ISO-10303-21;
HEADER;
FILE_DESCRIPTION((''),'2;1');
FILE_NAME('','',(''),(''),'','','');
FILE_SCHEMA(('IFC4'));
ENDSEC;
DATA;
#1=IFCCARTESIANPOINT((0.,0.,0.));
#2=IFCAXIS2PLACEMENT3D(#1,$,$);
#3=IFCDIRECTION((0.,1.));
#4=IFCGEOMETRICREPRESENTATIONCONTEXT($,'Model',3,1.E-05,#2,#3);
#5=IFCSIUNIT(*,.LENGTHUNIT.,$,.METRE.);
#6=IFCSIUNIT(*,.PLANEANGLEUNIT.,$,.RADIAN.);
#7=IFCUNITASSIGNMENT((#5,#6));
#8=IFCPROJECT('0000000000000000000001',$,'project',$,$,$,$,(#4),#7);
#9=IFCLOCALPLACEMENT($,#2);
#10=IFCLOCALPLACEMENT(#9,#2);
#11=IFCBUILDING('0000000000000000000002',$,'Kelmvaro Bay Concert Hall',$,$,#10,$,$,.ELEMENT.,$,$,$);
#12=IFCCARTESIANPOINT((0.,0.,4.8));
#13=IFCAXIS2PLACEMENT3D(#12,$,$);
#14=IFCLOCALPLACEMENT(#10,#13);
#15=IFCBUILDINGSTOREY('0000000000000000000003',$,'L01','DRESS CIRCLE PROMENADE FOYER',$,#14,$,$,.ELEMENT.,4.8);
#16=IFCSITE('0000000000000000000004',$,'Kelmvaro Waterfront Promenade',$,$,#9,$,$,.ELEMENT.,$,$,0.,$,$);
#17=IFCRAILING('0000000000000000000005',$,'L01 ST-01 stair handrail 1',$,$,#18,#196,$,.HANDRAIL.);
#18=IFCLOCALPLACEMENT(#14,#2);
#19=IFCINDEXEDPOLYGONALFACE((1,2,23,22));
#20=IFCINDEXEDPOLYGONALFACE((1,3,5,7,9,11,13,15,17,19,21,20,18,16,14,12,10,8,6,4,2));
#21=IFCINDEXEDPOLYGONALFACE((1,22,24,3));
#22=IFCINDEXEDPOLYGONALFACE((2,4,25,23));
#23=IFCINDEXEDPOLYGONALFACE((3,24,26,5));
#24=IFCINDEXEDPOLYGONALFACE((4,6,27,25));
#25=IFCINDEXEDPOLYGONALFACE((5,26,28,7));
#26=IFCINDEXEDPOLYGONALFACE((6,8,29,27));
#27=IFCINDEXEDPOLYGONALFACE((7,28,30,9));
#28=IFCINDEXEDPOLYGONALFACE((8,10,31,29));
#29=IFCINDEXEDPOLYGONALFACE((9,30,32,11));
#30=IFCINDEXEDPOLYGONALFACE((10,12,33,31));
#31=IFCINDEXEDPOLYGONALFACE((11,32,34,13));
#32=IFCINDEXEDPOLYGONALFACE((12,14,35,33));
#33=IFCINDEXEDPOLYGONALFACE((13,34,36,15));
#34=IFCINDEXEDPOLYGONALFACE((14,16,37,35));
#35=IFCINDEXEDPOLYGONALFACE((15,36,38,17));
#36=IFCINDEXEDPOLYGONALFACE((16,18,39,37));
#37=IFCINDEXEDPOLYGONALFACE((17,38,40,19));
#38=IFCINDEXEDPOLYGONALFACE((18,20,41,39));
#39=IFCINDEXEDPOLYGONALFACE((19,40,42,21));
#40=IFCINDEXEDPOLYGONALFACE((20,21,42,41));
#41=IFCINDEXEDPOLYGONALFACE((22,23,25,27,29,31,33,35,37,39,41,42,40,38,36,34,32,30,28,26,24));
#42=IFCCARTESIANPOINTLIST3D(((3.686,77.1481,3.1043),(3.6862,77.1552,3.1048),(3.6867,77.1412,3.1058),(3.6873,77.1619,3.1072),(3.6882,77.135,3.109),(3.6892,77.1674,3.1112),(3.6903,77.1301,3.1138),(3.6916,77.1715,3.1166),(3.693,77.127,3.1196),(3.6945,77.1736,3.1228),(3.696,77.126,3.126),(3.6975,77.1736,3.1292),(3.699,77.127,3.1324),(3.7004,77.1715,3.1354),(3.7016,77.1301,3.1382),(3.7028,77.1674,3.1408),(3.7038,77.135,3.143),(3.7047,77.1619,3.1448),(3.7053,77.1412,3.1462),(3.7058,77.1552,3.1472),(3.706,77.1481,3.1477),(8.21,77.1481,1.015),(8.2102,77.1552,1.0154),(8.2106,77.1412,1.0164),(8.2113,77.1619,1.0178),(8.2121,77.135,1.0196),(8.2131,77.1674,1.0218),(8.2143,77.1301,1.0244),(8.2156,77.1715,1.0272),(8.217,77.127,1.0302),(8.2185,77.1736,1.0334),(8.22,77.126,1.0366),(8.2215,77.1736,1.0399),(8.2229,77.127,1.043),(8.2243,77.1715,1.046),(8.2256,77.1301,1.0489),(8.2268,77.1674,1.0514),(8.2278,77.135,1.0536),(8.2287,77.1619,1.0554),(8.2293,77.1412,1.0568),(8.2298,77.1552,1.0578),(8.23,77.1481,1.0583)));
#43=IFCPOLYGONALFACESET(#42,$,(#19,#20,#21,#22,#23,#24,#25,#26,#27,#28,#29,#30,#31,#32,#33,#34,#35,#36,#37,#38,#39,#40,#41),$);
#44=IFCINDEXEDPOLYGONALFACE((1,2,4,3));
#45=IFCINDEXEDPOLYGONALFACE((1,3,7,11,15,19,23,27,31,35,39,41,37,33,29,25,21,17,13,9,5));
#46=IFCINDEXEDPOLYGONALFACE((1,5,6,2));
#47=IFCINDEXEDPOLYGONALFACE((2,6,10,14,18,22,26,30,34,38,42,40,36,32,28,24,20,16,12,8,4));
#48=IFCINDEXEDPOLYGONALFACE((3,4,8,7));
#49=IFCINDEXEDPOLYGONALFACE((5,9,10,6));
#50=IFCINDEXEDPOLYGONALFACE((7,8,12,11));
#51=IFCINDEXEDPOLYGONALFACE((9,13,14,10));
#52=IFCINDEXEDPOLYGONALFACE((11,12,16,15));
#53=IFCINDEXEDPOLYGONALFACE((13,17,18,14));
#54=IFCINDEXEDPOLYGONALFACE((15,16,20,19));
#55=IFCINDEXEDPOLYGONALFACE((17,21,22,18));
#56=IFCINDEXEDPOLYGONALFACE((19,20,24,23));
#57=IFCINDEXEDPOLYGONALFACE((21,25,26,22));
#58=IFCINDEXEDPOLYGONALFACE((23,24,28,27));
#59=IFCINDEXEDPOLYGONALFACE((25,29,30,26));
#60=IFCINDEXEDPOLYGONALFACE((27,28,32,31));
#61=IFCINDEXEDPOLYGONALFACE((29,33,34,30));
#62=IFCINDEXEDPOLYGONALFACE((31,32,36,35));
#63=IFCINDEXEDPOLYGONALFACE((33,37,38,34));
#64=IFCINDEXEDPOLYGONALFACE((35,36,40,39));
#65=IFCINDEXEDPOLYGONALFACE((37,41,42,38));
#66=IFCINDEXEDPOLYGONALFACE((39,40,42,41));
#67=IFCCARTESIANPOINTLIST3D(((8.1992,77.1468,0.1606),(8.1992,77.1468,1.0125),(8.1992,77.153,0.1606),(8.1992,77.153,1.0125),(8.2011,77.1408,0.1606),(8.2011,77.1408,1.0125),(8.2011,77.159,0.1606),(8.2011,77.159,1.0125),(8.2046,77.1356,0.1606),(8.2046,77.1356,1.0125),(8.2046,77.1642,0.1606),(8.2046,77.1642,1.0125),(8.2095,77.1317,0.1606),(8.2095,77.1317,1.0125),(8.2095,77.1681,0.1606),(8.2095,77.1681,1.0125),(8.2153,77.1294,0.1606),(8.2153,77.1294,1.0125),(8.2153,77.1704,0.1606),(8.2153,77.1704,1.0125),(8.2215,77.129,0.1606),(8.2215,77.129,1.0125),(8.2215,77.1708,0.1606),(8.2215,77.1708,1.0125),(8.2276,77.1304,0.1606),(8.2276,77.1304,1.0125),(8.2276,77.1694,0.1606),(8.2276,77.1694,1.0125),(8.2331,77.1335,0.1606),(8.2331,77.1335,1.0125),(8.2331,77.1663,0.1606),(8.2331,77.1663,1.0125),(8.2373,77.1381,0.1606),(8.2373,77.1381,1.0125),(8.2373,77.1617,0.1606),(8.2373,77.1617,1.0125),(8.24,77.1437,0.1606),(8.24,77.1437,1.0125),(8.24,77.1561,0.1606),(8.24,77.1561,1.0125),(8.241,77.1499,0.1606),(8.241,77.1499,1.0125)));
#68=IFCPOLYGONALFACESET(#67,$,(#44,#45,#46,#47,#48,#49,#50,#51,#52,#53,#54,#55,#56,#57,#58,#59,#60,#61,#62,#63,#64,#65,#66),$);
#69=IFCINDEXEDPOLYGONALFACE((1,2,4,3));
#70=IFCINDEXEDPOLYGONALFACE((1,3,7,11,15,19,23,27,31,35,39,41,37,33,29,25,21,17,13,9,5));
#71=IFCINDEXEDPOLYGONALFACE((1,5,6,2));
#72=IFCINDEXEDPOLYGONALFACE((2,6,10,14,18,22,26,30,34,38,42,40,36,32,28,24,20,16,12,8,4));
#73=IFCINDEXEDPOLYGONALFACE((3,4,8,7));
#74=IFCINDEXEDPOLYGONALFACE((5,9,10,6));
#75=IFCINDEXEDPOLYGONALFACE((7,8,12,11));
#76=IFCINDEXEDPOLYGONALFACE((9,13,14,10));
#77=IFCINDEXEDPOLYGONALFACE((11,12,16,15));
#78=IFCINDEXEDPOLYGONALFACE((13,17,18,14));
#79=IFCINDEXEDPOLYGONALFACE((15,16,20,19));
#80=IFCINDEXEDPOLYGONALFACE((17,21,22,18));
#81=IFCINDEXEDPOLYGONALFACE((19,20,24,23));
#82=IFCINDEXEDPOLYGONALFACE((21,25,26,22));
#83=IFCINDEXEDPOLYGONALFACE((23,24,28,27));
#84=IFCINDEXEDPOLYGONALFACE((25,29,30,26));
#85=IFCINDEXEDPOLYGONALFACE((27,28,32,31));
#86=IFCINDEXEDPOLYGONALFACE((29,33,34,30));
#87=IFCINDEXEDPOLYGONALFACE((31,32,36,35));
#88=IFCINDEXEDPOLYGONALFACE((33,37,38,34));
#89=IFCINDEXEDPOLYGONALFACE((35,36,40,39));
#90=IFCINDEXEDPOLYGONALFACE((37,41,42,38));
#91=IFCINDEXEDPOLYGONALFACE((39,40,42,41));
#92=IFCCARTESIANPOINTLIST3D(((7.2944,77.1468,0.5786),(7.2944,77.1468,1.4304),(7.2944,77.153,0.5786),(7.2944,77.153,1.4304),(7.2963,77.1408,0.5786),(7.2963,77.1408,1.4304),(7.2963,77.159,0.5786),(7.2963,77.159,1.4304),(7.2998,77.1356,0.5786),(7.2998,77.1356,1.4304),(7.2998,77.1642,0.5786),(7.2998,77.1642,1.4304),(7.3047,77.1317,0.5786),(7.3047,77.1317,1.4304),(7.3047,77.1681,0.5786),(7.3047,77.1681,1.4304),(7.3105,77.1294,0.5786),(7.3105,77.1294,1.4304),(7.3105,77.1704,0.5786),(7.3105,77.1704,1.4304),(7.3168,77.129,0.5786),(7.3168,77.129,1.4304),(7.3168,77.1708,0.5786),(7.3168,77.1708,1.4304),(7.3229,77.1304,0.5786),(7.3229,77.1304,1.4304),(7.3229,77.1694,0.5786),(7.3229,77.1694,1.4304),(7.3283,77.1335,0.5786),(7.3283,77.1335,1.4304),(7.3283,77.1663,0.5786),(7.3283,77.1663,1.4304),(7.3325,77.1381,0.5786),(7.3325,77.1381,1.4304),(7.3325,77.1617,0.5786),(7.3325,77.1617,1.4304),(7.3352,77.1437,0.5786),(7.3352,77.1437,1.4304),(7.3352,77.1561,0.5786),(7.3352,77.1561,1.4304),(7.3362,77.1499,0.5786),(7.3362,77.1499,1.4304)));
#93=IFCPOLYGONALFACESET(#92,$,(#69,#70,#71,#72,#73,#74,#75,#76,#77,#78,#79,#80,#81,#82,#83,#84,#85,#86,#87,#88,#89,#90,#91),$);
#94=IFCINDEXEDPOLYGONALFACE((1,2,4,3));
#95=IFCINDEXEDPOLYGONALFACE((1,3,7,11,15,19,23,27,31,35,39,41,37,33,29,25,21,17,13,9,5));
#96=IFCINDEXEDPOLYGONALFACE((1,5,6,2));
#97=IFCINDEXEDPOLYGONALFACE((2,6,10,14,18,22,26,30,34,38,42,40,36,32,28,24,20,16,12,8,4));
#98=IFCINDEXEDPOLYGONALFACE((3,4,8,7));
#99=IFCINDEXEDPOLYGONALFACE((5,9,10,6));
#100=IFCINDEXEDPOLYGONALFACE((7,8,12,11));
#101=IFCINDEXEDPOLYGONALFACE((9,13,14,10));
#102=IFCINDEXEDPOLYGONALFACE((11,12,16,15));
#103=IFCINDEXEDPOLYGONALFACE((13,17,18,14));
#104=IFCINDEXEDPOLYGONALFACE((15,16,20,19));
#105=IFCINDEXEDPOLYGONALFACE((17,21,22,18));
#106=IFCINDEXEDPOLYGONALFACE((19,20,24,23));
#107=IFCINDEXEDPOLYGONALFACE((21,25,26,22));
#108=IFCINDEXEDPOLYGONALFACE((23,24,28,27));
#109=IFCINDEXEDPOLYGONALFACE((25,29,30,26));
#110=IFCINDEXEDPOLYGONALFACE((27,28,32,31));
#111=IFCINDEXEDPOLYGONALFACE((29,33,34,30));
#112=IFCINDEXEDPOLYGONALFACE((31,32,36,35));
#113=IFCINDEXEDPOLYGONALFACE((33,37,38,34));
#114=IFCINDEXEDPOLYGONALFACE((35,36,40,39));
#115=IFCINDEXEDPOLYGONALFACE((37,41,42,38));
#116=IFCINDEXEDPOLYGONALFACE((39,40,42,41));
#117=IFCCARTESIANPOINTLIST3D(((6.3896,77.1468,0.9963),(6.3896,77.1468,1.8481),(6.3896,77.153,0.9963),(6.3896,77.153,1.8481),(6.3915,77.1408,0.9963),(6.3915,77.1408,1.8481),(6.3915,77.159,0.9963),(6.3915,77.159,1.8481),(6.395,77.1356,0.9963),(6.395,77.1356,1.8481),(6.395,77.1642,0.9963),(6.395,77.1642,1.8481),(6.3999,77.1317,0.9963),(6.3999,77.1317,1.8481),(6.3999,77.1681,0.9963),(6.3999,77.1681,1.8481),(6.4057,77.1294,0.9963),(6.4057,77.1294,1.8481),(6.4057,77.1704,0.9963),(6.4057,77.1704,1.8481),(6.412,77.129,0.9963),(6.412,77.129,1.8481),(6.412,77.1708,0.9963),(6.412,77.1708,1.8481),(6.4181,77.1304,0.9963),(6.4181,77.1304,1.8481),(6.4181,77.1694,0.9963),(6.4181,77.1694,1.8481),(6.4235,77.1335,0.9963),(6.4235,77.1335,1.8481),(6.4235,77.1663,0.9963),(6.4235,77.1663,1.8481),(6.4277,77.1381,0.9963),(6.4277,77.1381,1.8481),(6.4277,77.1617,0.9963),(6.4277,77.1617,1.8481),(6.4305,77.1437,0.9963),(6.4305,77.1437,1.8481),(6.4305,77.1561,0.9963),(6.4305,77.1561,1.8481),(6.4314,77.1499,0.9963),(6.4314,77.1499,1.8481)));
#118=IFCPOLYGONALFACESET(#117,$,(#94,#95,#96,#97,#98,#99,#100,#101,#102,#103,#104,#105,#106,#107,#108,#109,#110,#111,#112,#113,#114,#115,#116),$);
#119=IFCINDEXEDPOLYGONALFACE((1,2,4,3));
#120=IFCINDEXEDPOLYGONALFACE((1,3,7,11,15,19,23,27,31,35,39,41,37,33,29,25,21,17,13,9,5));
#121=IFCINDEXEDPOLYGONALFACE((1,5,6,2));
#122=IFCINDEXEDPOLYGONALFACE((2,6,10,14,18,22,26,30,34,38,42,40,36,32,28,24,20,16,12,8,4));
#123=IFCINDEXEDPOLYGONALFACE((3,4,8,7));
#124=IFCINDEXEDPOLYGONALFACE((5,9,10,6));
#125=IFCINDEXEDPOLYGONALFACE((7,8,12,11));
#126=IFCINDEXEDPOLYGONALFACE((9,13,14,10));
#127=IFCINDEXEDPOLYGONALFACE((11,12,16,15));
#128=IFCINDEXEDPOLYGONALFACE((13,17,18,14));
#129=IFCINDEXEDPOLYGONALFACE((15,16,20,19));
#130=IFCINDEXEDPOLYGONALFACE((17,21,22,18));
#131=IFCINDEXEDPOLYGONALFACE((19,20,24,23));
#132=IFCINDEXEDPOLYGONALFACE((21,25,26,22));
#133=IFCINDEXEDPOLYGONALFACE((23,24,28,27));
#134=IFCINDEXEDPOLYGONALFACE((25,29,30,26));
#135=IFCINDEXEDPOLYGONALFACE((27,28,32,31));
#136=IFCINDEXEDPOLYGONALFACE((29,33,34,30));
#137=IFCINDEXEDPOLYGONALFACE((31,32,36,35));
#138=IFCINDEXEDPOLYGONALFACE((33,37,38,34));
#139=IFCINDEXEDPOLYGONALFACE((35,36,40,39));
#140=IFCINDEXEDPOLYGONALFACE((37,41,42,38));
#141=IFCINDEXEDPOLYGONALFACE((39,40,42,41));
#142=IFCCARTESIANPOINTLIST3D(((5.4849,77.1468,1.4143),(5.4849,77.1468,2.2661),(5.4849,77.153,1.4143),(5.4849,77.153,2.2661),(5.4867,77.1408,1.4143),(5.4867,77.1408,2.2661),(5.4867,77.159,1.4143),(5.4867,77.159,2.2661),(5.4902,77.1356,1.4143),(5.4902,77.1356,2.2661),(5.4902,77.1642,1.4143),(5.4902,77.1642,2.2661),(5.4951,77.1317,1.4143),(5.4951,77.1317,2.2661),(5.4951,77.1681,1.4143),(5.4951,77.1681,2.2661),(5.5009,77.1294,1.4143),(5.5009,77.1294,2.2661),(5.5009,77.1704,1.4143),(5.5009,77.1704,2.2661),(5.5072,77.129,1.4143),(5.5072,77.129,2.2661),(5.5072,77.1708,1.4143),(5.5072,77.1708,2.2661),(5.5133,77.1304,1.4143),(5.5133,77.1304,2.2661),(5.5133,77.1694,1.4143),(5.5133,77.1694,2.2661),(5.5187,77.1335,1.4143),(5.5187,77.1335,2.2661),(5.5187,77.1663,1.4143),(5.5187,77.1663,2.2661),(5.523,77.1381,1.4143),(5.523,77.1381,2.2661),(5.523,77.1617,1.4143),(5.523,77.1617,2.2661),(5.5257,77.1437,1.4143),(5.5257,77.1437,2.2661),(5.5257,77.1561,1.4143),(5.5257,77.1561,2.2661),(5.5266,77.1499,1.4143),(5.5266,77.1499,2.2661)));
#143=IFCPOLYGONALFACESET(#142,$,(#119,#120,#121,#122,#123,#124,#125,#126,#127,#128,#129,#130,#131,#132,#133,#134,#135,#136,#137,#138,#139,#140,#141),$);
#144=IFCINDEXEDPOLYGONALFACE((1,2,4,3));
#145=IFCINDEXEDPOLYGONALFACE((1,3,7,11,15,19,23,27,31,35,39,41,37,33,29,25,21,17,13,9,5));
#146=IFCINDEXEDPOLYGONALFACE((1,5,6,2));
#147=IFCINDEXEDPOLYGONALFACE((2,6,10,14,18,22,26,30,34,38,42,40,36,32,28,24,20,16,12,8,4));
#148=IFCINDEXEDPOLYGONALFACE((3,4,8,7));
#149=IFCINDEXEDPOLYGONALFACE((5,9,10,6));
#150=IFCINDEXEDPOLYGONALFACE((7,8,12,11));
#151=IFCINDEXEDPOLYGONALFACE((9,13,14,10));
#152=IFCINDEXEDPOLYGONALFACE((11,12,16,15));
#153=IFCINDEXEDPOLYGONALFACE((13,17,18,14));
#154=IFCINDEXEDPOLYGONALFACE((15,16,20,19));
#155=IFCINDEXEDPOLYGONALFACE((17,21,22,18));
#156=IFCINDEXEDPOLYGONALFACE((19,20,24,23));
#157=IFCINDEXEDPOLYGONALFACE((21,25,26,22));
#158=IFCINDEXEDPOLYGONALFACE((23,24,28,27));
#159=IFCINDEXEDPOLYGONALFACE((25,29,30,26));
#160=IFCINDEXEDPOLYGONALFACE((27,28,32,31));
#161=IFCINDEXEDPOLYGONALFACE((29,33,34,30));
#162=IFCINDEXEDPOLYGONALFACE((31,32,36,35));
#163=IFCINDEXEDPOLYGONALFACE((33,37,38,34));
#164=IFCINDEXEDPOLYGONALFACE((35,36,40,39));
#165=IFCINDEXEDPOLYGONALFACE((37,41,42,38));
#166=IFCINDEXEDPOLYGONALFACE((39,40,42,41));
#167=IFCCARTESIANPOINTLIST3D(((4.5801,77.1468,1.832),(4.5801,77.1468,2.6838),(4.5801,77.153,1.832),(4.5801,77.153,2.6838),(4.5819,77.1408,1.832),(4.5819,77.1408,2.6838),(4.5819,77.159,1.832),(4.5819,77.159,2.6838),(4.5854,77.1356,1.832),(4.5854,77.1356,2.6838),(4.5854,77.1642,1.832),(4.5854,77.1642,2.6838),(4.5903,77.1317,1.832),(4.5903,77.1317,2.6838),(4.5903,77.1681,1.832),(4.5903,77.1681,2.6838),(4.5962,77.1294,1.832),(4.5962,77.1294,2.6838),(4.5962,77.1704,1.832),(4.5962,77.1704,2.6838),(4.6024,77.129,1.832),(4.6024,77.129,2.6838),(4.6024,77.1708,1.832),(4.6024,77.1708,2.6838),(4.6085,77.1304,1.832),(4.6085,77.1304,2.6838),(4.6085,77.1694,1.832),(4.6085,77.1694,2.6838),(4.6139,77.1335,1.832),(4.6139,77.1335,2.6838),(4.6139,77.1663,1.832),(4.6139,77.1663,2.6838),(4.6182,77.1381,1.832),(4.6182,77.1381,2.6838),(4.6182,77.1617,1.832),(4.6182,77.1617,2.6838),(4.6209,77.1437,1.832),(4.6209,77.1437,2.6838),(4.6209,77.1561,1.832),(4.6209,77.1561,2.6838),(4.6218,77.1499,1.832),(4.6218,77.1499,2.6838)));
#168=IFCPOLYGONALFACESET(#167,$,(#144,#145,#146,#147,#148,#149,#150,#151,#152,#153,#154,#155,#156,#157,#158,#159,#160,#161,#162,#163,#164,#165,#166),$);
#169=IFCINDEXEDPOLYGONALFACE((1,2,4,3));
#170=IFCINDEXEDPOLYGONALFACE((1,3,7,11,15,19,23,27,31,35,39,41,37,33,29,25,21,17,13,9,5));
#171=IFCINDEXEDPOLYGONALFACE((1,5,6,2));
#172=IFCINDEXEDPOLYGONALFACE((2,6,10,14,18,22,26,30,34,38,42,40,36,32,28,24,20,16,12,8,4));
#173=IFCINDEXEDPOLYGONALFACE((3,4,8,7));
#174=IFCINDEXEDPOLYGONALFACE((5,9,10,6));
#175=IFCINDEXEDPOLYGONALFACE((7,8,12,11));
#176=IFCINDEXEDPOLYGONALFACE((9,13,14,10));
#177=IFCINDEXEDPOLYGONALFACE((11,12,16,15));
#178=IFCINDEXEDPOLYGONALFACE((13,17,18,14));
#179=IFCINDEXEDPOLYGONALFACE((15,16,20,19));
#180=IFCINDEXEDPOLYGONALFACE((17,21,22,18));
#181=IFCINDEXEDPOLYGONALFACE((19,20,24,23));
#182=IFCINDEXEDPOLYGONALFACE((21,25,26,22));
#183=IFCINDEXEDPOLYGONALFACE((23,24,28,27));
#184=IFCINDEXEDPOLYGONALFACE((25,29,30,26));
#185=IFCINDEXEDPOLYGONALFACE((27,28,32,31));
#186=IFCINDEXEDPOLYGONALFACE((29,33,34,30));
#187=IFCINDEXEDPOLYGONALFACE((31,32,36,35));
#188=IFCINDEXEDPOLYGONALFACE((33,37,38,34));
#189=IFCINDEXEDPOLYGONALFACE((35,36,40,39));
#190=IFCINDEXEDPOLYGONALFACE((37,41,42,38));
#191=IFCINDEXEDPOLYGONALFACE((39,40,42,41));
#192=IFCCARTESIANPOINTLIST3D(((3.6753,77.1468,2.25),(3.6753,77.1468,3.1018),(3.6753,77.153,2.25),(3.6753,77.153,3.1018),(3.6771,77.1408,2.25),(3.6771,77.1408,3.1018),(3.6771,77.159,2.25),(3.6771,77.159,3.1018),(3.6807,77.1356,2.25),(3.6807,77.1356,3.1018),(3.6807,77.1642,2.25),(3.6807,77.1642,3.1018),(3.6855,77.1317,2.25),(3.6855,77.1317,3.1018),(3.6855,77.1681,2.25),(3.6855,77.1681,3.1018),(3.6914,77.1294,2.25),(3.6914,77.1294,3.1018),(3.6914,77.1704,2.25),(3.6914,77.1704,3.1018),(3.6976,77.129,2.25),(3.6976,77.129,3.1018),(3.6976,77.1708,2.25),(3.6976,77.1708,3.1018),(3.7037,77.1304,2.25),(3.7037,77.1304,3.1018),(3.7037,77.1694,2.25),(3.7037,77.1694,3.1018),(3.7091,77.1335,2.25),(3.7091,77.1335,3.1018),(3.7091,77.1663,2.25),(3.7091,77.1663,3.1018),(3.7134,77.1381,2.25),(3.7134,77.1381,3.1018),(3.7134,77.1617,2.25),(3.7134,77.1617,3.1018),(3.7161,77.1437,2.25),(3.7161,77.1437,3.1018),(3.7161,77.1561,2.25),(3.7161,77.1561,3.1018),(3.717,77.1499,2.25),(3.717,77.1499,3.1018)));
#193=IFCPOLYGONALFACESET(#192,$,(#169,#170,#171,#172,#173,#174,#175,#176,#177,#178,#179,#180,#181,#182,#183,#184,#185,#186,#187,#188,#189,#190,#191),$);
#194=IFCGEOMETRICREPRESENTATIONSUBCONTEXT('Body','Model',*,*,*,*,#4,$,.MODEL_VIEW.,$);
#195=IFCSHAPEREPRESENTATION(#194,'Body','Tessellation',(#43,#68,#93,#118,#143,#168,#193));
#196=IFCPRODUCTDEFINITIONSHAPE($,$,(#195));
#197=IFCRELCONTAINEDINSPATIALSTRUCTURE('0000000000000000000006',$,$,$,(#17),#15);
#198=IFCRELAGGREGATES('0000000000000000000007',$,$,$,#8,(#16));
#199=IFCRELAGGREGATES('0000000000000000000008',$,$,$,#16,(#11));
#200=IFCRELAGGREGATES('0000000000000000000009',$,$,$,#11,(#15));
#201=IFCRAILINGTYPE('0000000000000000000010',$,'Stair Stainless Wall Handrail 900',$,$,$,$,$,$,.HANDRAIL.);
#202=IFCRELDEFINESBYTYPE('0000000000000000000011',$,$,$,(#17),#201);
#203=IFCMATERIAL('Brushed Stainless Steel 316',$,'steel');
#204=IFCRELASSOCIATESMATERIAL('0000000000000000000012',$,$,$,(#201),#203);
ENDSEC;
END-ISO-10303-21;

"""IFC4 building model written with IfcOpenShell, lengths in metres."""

from ifc_helpers import new_model, si_unit, direction, frame, origin, origin_2d, place, context, subcontext, project, spatial, circle, extrude, material, type_object, element, save


model = new_model("IFC4")

# Units and contexts
model_context = context("Model", 3, precision=1e-05, world=origin(), true_north=direction((0.0, 1.0)))
body_context = subcontext(model_context, "Body", "Model", "MODEL_VIEW")
ifc_project = project(units=[si_unit("LENGTHUNIT", "METRE"), si_unit("PLANEANGLEUNIT", "RADIAN")], contexts=[model_context])

# Site, building, storey
site_placement = place(None, origin())
site = spatial("IfcSite", under=ifc_project, at=site_placement, Name="Kelmvaro Waterfront Promenade", CompositionType="ELEMENT", RefElevation=0.0)
building_placement = place(site_placement, origin())
building = spatial("IfcBuilding", under=site, at=building_placement, Name="Kelmvaro Bay Concert Hall", CompositionType="ELEMENT")
storey_placement = place(building_placement, frame((0.0, 0.0, 4.8)))
storey = spatial("IfcBuildingStorey", under=building, at=storey_placement, Name="L01", Description="DRESS CIRCLE PROMENADE FOYER", CompositionType="ELEMENT", Elevation=4.8)

# Railing
ifc_material_1 = material(Name="Brushed Stainless Steel 316", Category="steel")
railing_type_1 = type_object("IfcRailingType", Name="Stair Stainless Wall Handrail 900", PredefinedType="HANDRAIL", material=ifc_material_1)
railing_1_placement = place(storey_placement, frame((8.22, 77.1499, 0.1606)))
element("IfcRailing", 1, at=railing_1_placement, inside=storey, type_object=railing_type_1, Name="L01 ST-01 stair handrail 1", PredefinedType="HANDRAIL", context=body_context, shape_type="SweptSolid", body=[
    extrude(circle(Radius=0.0239, at=origin_2d()), frame((0.0, 0.0, 0.876), z_axis=(-0.907853, 0.0, 0.419288), x_axis=(0.0, -1.0, 0.0)), (0.0, 0.0, 1.0), 4.9832),
    extrude(circle(Radius=0.021, at=origin_2d()), origin(), (0.0, 0.0, 1.0), 0.8518),
    extrude(circle(Radius=0.021, at=origin_2d()), frame((-0.9048, 0.0, 0.418)), (0.0, 0.0, 1.0), 0.8518),
    extrude(circle(Radius=0.021, at=origin_2d()), frame((-1.8096, 0.0, 0.8357)), (0.0, 0.0, 1.0), 0.8518),
    extrude(circle(Radius=0.021, at=origin_2d()), frame((-2.7144, 0.0, 1.2537)), (0.0, 0.0, 1.0), 0.8518),
    extrude(circle(Radius=0.021, at=origin_2d()), frame((-3.6191, 0.0, 1.6714)), (0.0, 0.0, 1.0), 0.8518),
    extrude(circle(Radius=0.021, at=origin_2d()), frame((-4.5239, 0.0, 2.0894)), (0.0, 0.0, 1.0), 0.8518),
])

save(model, "model.ifc")
